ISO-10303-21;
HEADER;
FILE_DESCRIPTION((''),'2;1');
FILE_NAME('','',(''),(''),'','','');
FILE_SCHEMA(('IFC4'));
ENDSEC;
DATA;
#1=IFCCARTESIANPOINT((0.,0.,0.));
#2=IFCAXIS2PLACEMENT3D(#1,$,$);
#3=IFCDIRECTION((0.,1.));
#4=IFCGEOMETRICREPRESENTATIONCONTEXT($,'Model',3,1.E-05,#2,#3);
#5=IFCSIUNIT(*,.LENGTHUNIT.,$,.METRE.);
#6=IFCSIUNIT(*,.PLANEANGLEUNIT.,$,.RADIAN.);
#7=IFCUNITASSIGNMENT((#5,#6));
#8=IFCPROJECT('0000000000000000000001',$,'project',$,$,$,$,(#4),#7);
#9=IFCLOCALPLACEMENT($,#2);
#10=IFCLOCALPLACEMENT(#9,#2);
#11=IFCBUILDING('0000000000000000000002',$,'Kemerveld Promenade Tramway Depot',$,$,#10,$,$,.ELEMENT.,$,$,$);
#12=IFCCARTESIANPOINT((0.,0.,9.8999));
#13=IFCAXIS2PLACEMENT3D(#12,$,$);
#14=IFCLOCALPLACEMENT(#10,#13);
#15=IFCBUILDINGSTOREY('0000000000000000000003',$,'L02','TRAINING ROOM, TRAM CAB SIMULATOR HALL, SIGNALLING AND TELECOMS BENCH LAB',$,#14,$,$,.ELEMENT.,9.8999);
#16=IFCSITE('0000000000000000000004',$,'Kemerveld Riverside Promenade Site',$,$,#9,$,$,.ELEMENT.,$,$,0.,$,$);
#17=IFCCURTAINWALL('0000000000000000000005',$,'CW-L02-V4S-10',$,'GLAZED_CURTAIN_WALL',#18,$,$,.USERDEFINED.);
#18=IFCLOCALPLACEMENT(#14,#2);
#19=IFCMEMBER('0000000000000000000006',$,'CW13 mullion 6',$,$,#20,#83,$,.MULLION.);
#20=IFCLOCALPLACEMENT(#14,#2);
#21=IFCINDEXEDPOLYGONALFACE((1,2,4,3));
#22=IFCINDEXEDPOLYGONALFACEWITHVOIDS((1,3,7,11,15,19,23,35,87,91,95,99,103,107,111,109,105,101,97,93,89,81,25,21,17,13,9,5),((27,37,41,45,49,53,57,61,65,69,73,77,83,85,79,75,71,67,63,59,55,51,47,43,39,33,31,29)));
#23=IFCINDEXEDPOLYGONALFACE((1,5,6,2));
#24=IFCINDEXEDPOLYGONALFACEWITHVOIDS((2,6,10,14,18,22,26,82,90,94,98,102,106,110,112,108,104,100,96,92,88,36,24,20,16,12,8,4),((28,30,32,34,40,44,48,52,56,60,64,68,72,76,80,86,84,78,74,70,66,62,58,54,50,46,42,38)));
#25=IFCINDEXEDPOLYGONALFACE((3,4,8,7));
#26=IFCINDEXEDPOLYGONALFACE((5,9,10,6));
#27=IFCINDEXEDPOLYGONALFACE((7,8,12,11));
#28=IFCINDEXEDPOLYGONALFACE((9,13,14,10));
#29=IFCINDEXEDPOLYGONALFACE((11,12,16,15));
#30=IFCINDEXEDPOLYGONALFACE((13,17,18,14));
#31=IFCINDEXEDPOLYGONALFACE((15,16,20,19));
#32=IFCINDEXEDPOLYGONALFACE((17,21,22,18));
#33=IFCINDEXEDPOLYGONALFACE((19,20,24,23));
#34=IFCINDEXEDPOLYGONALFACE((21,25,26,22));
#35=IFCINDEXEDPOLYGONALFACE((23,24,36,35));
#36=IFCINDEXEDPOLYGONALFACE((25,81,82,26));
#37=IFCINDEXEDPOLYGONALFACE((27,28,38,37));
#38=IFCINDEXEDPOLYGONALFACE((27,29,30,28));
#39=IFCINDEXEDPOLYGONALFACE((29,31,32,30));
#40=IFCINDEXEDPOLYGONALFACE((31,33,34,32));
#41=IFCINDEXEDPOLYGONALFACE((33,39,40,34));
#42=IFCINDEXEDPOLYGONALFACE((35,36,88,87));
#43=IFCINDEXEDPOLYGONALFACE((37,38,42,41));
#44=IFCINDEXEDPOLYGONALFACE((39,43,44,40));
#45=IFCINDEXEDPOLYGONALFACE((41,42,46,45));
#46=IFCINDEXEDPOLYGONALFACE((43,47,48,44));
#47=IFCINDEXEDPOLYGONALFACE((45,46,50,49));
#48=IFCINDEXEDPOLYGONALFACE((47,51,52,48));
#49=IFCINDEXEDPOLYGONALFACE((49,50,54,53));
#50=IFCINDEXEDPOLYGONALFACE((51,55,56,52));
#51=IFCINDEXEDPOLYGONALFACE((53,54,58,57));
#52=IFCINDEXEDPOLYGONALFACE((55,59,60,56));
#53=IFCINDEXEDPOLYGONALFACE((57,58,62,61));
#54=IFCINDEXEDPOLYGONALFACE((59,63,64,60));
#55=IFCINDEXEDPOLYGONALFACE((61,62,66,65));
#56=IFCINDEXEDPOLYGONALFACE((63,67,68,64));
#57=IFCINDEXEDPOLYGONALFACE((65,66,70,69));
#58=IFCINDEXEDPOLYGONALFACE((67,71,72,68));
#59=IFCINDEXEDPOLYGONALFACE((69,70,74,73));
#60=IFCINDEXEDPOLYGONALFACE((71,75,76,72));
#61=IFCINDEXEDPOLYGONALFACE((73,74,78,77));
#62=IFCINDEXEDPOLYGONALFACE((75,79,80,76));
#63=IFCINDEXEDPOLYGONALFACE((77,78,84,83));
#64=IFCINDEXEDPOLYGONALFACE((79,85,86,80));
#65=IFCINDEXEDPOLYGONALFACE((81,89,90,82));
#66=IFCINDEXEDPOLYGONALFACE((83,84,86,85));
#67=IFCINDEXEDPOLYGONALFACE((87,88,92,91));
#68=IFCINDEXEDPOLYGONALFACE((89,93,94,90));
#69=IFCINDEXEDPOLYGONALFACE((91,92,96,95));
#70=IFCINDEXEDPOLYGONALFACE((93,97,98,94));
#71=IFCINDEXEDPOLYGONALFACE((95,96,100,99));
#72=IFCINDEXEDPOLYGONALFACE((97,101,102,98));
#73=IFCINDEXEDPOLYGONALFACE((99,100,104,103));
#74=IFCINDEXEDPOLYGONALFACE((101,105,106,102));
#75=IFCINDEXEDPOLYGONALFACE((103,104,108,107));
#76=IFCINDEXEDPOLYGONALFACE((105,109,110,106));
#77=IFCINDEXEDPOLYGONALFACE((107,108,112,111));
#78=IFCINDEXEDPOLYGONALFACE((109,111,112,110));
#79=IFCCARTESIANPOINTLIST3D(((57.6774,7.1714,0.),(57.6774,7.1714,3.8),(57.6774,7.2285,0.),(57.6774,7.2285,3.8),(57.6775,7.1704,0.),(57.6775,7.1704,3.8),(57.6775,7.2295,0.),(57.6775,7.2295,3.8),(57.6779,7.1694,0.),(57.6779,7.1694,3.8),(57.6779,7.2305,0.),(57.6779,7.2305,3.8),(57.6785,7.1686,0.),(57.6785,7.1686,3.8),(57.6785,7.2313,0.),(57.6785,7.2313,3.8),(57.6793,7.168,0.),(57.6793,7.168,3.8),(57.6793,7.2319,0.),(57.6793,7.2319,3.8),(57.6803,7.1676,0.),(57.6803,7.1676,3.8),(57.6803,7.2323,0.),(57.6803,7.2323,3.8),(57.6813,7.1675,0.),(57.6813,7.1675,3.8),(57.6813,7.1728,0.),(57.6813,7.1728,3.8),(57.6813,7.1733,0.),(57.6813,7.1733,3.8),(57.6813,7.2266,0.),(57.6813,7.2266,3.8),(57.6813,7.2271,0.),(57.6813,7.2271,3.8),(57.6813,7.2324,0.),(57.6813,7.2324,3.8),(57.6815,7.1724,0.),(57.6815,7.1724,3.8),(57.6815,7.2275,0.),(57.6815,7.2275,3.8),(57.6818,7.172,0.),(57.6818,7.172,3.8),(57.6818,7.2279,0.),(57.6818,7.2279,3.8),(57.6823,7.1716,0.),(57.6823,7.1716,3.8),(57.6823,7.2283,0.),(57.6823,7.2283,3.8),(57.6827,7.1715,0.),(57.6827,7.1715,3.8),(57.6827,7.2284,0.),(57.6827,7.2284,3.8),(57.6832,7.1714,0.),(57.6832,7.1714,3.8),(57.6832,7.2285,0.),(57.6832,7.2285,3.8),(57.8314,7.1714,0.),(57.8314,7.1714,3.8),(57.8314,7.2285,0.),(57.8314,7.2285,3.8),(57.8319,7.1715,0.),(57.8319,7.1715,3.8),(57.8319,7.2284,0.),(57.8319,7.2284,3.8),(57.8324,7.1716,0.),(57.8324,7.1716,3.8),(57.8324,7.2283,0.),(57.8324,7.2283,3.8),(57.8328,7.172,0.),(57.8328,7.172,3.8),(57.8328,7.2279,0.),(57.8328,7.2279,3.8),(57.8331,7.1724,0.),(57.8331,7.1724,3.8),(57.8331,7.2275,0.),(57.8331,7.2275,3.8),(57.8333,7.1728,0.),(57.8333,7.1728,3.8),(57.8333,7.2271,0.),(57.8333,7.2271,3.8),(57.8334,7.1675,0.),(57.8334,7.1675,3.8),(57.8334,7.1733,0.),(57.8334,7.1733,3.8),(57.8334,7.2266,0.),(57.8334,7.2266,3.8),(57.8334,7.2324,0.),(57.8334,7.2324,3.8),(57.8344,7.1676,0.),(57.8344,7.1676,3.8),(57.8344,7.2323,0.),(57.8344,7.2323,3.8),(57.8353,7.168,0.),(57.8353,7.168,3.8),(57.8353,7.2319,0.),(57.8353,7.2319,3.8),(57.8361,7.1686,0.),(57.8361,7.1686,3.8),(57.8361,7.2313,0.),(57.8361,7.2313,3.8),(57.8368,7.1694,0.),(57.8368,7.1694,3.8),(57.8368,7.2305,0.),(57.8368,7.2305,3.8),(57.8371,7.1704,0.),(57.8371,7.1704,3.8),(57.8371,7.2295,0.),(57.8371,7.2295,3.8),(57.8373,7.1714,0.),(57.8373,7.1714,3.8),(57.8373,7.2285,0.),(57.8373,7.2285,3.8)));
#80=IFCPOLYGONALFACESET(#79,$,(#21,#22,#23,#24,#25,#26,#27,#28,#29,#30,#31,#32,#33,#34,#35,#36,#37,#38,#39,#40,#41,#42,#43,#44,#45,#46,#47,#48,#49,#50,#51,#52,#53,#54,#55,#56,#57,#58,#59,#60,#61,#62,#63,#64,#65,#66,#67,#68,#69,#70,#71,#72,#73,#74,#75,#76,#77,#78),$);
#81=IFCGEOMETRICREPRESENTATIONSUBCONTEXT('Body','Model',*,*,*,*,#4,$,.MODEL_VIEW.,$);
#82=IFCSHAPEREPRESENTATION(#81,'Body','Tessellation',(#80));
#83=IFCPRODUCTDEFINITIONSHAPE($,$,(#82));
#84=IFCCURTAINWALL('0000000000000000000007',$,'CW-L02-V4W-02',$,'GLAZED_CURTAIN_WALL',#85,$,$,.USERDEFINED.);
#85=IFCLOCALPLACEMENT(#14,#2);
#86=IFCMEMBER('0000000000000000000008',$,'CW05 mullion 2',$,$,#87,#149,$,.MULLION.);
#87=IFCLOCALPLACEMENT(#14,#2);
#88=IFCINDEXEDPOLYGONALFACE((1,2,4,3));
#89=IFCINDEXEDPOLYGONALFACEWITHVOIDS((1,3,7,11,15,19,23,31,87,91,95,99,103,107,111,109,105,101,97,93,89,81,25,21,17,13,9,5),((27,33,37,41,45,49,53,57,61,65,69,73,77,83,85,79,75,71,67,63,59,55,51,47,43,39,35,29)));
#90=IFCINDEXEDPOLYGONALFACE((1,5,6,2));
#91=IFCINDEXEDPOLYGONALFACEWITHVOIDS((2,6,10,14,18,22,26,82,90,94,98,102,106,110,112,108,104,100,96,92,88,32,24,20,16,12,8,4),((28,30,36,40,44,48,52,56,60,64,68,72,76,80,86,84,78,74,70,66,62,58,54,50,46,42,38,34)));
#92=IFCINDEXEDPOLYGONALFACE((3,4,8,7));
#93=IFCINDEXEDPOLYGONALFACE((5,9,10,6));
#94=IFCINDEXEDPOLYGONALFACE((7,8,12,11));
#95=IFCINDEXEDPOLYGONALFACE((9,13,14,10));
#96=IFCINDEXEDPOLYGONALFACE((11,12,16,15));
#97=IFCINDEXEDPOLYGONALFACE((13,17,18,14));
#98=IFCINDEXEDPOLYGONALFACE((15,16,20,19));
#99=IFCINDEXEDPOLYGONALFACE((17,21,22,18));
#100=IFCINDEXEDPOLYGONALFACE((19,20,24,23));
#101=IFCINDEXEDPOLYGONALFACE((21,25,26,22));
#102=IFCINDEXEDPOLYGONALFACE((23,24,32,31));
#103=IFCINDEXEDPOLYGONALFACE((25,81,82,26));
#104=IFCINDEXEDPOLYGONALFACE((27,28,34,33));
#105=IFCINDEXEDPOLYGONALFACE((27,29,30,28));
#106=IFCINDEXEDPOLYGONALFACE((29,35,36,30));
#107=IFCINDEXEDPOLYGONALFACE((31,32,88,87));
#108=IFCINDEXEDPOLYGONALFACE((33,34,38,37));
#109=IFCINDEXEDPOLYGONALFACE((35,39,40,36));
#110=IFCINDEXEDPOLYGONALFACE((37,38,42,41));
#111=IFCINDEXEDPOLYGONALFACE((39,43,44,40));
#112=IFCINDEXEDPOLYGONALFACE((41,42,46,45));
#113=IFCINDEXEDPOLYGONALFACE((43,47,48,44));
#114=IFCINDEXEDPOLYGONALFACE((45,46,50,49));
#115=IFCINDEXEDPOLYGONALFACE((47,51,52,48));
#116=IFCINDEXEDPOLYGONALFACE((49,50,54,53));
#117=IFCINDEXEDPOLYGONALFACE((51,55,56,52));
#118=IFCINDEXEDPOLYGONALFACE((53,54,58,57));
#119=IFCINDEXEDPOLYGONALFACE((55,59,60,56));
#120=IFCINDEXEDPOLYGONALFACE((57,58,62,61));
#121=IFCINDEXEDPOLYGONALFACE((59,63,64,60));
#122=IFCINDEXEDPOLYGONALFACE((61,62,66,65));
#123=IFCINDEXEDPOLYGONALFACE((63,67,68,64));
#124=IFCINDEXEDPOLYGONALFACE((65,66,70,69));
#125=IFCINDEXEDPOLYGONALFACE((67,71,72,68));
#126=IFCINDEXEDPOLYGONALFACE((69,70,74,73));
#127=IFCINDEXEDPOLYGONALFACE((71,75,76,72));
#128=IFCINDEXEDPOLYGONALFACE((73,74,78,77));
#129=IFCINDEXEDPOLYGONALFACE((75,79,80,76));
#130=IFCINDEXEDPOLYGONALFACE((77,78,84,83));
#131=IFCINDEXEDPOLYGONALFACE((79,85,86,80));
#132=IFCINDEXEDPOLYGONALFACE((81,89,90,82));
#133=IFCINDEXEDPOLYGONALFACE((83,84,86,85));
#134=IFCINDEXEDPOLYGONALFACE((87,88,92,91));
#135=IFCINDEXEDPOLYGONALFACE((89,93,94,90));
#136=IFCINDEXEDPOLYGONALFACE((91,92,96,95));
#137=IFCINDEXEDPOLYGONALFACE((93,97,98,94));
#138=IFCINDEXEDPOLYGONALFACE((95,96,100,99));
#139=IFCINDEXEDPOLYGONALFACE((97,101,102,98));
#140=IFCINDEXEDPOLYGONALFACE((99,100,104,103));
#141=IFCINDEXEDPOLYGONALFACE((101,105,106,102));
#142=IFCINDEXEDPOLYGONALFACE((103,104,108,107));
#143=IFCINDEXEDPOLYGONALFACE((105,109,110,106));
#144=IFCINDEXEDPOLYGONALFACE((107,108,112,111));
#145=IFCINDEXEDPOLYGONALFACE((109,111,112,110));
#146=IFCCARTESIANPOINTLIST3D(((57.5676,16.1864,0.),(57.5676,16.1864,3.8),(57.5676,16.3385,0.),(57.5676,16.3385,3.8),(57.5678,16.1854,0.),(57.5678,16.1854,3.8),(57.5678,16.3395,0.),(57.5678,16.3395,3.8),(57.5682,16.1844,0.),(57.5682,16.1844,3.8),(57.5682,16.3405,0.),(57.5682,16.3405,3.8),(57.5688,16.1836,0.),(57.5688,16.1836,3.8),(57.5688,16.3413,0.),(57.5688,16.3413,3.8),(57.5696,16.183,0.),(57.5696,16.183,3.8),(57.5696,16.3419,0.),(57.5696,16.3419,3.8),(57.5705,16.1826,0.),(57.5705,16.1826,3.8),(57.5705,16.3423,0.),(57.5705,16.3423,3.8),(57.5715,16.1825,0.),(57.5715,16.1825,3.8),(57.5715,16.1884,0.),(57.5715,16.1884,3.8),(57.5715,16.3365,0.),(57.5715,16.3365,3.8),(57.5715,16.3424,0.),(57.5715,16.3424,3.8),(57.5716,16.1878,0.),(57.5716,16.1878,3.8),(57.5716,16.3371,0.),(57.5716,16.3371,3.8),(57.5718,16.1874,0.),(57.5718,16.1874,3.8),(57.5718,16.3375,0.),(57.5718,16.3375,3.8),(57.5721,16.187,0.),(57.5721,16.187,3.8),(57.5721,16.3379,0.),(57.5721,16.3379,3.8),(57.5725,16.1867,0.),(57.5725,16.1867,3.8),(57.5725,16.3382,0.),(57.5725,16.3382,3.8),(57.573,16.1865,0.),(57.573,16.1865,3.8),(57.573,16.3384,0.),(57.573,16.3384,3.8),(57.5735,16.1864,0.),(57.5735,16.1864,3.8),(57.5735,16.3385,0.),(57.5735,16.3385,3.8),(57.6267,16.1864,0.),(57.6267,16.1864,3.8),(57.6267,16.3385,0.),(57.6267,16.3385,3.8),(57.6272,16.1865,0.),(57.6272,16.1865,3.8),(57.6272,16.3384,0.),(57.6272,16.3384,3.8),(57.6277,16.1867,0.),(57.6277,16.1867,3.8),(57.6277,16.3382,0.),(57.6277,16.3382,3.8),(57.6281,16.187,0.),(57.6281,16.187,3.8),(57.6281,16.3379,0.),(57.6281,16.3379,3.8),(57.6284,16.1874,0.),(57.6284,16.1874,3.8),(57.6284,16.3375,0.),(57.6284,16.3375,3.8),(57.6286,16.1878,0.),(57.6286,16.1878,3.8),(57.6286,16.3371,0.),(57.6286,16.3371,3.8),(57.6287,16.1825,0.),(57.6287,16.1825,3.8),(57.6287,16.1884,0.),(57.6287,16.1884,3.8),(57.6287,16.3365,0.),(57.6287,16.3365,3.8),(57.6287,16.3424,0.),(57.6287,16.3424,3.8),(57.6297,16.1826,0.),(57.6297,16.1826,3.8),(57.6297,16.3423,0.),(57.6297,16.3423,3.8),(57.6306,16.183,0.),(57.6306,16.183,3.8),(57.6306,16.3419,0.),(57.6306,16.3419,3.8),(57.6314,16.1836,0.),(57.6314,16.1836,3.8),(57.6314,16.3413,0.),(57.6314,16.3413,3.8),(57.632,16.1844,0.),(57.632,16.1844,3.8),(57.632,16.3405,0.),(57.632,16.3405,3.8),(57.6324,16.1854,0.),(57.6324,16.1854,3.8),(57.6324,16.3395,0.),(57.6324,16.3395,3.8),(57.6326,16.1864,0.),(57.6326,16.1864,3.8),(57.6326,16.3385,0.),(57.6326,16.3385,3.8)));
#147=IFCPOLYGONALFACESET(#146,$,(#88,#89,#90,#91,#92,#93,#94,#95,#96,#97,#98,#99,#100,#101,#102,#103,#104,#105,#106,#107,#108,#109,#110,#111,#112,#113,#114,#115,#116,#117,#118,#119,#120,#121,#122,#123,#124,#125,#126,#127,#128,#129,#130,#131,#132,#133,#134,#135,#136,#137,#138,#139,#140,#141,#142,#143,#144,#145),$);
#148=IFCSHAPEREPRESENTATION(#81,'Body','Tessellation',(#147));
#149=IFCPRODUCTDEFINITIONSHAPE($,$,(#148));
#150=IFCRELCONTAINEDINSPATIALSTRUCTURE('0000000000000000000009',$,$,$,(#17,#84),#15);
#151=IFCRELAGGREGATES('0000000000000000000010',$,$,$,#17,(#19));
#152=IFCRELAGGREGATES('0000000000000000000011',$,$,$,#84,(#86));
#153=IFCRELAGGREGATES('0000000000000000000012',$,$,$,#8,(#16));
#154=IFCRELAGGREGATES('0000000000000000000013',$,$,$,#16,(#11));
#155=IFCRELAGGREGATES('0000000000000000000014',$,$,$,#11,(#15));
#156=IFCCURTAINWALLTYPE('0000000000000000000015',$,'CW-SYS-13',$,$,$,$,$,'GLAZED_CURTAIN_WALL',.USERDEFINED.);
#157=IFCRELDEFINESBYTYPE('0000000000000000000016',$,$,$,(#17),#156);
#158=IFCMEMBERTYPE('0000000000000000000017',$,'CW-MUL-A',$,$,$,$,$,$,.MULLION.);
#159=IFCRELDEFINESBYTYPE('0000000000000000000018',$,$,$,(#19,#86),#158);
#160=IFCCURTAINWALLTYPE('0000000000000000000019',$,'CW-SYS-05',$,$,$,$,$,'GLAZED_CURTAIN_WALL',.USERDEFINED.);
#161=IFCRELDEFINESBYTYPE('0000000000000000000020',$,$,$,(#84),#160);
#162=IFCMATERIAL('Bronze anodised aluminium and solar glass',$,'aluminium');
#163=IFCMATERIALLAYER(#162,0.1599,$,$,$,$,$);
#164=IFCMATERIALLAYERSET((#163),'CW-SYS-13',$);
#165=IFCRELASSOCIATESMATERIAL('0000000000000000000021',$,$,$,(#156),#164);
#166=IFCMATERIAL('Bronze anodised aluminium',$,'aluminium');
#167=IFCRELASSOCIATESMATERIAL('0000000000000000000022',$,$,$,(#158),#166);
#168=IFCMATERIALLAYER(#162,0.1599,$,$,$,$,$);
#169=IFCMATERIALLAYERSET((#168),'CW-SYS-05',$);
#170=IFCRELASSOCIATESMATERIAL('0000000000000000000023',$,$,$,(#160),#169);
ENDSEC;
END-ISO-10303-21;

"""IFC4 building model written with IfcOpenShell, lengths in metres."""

from ifc_helpers import new_model, si_unit, direction, frame, origin, origin_2d, place, context, subcontext, project, spatial, hollow_rectangle, extrude, material, layer, layer_set, material_profile, profile_set, type_object, element, aggregate, save


model = new_model("IFC4")

# Units and contexts
model_context = context("Model", 3, precision=1e-05, world=origin(), true_north=direction((0.0, 1.0)))
body_context = subcontext(model_context, "Body", "Model", "MODEL_VIEW")
ifc_project = project(units=[si_unit("LENGTHUNIT", "METRE"), si_unit("PLANEANGLEUNIT", "RADIAN")], contexts=[model_context])

# Site, building, storey
site_placement = place(None, origin())
site = spatial("IfcSite", under=ifc_project, at=site_placement, Name="Kemerveld Riverside Promenade Site", CompositionType="ELEMENT", RefElevation=0.0)
building_placement = place(site_placement, origin())
building = spatial("IfcBuilding", under=site, at=building_placement, Name="Kemerveld Promenade Tramway Depot", CompositionType="ELEMENT")
storey_placement = place(building_placement, frame((0.0, 0.0, 9.8999)))
storey = spatial("IfcBuildingStorey", under=building, at=storey_placement, Name="L02", Description="TRAINING ROOM, TRAM CAB SIMULATOR HALL, SIGNALLING AND TELECOMS BENCH LAB", CompositionType="ELEMENT", Elevation=9.8999)

# Curtain wall, member
ifc_material_1 = material(Name="Bronze anodised aluminium and solar glass", Category="aluminium")
ifc_layer_1 = layer(ifc_material_1, 0.1599)
ifc_layer_set_1 = layer_set([ifc_layer_1], Name="CW-SYS-13")
curtain_wall_type_1 = type_object("IfcCurtainWallType", Name="CW-SYS-13", ElementType="GLAZED_CURTAIN_WALL", PredefinedType="USERDEFINED", material=ifc_layer_set_1)
curtain_wall_1_placement = place(storey_placement, origin())
curtain_wall_1 = element("IfcCurtainWall", 1, at=curtain_wall_1_placement, inside=storey, type_object=curtain_wall_type_1, Name="CW-L02-V4S-10", ObjectType="GLAZED_CURTAIN_WALL", PredefinedType="USERDEFINED")
ifc_material_2 = material(Name="Bronze anodised aluminium", Category="aluminium")
ifc_material_profile_1 = material_profile(ifc_material_2, hollow_rectangle(XDim=0.0649, YDim=0.1599, WallThickness=0.0039, InnerFilletRadius=0.002, OuterFilletRadius=0.0039, at=origin_2d()), Name="CW-MUL-160x65")
ifc_profile_set_1 = profile_set([ifc_material_profile_1], Name="Bronze anodised aluminium")
member_type_1 = type_object("IfcMemberType", Name="CW-MUL-A", PredefinedType="MULLION", material=ifc_profile_set_1)
member_1_placement = place(storey_placement, frame((57.7573, 7.2, 0.0), z_axis=(0.0, 0.0, 1.0), x_axis=(0.0, -1.0, 0.0)))
member_1 = element("IfcMember", 2, at=member_1_placement, type_object=member_type_1, Name="CW13 mullion 6", PredefinedType="MULLION", context=body_context, shape_type="SweptSolid", body=[
    extrude(hollow_rectangle(XDim=0.0649, YDim=0.1599, WallThickness=0.0039, InnerFilletRadius=0.002, OuterFilletRadius=0.0039, at=origin_2d()), origin(), (0.0, 0.0, 1.0), 3.8),
])

# Curtain wall, member
ifc_layer_2 = layer(ifc_material_1, 0.1599)
ifc_layer_set_2 = layer_set([ifc_layer_2], Name="CW-SYS-05")
curtain_wall_type_2 = type_object("IfcCurtainWallType", Name="CW-SYS-05", ElementType="GLAZED_CURTAIN_WALL", PredefinedType="USERDEFINED", material=ifc_layer_set_2)
curtain_wall_2_placement = place(storey_placement, origin())
curtain_wall_2 = element("IfcCurtainWall", 3, at=curtain_wall_2_placement, inside=storey, type_object=curtain_wall_type_2, Name="CW-L02-V4W-02", ObjectType="GLAZED_CURTAIN_WALL", PredefinedType="USERDEFINED")
member_2_placement = place(storey_placement, frame((57.6001, 16.2625, 0.0), z_axis=(0.0, 0.0, 1.0), x_axis=(-1.0, 0.0, 0.0)))
member_2 = element("IfcMember", 4, at=member_2_placement, type_object=member_type_1, Name="CW05 mullion 2", PredefinedType="MULLION", context=body_context, shape_type="SweptSolid", body=[
    extrude(hollow_rectangle(XDim=0.0649, YDim=0.1599, WallThickness=0.0039, InnerFilletRadius=0.002, OuterFilletRadius=0.0039, at=origin_2d()), origin(), (0.0, 0.0, 1.0), 3.8),
])

aggregate(curtain_wall_1, [member_1])
aggregate(curtain_wall_2, [member_2])

save(model, "model.ifc")
